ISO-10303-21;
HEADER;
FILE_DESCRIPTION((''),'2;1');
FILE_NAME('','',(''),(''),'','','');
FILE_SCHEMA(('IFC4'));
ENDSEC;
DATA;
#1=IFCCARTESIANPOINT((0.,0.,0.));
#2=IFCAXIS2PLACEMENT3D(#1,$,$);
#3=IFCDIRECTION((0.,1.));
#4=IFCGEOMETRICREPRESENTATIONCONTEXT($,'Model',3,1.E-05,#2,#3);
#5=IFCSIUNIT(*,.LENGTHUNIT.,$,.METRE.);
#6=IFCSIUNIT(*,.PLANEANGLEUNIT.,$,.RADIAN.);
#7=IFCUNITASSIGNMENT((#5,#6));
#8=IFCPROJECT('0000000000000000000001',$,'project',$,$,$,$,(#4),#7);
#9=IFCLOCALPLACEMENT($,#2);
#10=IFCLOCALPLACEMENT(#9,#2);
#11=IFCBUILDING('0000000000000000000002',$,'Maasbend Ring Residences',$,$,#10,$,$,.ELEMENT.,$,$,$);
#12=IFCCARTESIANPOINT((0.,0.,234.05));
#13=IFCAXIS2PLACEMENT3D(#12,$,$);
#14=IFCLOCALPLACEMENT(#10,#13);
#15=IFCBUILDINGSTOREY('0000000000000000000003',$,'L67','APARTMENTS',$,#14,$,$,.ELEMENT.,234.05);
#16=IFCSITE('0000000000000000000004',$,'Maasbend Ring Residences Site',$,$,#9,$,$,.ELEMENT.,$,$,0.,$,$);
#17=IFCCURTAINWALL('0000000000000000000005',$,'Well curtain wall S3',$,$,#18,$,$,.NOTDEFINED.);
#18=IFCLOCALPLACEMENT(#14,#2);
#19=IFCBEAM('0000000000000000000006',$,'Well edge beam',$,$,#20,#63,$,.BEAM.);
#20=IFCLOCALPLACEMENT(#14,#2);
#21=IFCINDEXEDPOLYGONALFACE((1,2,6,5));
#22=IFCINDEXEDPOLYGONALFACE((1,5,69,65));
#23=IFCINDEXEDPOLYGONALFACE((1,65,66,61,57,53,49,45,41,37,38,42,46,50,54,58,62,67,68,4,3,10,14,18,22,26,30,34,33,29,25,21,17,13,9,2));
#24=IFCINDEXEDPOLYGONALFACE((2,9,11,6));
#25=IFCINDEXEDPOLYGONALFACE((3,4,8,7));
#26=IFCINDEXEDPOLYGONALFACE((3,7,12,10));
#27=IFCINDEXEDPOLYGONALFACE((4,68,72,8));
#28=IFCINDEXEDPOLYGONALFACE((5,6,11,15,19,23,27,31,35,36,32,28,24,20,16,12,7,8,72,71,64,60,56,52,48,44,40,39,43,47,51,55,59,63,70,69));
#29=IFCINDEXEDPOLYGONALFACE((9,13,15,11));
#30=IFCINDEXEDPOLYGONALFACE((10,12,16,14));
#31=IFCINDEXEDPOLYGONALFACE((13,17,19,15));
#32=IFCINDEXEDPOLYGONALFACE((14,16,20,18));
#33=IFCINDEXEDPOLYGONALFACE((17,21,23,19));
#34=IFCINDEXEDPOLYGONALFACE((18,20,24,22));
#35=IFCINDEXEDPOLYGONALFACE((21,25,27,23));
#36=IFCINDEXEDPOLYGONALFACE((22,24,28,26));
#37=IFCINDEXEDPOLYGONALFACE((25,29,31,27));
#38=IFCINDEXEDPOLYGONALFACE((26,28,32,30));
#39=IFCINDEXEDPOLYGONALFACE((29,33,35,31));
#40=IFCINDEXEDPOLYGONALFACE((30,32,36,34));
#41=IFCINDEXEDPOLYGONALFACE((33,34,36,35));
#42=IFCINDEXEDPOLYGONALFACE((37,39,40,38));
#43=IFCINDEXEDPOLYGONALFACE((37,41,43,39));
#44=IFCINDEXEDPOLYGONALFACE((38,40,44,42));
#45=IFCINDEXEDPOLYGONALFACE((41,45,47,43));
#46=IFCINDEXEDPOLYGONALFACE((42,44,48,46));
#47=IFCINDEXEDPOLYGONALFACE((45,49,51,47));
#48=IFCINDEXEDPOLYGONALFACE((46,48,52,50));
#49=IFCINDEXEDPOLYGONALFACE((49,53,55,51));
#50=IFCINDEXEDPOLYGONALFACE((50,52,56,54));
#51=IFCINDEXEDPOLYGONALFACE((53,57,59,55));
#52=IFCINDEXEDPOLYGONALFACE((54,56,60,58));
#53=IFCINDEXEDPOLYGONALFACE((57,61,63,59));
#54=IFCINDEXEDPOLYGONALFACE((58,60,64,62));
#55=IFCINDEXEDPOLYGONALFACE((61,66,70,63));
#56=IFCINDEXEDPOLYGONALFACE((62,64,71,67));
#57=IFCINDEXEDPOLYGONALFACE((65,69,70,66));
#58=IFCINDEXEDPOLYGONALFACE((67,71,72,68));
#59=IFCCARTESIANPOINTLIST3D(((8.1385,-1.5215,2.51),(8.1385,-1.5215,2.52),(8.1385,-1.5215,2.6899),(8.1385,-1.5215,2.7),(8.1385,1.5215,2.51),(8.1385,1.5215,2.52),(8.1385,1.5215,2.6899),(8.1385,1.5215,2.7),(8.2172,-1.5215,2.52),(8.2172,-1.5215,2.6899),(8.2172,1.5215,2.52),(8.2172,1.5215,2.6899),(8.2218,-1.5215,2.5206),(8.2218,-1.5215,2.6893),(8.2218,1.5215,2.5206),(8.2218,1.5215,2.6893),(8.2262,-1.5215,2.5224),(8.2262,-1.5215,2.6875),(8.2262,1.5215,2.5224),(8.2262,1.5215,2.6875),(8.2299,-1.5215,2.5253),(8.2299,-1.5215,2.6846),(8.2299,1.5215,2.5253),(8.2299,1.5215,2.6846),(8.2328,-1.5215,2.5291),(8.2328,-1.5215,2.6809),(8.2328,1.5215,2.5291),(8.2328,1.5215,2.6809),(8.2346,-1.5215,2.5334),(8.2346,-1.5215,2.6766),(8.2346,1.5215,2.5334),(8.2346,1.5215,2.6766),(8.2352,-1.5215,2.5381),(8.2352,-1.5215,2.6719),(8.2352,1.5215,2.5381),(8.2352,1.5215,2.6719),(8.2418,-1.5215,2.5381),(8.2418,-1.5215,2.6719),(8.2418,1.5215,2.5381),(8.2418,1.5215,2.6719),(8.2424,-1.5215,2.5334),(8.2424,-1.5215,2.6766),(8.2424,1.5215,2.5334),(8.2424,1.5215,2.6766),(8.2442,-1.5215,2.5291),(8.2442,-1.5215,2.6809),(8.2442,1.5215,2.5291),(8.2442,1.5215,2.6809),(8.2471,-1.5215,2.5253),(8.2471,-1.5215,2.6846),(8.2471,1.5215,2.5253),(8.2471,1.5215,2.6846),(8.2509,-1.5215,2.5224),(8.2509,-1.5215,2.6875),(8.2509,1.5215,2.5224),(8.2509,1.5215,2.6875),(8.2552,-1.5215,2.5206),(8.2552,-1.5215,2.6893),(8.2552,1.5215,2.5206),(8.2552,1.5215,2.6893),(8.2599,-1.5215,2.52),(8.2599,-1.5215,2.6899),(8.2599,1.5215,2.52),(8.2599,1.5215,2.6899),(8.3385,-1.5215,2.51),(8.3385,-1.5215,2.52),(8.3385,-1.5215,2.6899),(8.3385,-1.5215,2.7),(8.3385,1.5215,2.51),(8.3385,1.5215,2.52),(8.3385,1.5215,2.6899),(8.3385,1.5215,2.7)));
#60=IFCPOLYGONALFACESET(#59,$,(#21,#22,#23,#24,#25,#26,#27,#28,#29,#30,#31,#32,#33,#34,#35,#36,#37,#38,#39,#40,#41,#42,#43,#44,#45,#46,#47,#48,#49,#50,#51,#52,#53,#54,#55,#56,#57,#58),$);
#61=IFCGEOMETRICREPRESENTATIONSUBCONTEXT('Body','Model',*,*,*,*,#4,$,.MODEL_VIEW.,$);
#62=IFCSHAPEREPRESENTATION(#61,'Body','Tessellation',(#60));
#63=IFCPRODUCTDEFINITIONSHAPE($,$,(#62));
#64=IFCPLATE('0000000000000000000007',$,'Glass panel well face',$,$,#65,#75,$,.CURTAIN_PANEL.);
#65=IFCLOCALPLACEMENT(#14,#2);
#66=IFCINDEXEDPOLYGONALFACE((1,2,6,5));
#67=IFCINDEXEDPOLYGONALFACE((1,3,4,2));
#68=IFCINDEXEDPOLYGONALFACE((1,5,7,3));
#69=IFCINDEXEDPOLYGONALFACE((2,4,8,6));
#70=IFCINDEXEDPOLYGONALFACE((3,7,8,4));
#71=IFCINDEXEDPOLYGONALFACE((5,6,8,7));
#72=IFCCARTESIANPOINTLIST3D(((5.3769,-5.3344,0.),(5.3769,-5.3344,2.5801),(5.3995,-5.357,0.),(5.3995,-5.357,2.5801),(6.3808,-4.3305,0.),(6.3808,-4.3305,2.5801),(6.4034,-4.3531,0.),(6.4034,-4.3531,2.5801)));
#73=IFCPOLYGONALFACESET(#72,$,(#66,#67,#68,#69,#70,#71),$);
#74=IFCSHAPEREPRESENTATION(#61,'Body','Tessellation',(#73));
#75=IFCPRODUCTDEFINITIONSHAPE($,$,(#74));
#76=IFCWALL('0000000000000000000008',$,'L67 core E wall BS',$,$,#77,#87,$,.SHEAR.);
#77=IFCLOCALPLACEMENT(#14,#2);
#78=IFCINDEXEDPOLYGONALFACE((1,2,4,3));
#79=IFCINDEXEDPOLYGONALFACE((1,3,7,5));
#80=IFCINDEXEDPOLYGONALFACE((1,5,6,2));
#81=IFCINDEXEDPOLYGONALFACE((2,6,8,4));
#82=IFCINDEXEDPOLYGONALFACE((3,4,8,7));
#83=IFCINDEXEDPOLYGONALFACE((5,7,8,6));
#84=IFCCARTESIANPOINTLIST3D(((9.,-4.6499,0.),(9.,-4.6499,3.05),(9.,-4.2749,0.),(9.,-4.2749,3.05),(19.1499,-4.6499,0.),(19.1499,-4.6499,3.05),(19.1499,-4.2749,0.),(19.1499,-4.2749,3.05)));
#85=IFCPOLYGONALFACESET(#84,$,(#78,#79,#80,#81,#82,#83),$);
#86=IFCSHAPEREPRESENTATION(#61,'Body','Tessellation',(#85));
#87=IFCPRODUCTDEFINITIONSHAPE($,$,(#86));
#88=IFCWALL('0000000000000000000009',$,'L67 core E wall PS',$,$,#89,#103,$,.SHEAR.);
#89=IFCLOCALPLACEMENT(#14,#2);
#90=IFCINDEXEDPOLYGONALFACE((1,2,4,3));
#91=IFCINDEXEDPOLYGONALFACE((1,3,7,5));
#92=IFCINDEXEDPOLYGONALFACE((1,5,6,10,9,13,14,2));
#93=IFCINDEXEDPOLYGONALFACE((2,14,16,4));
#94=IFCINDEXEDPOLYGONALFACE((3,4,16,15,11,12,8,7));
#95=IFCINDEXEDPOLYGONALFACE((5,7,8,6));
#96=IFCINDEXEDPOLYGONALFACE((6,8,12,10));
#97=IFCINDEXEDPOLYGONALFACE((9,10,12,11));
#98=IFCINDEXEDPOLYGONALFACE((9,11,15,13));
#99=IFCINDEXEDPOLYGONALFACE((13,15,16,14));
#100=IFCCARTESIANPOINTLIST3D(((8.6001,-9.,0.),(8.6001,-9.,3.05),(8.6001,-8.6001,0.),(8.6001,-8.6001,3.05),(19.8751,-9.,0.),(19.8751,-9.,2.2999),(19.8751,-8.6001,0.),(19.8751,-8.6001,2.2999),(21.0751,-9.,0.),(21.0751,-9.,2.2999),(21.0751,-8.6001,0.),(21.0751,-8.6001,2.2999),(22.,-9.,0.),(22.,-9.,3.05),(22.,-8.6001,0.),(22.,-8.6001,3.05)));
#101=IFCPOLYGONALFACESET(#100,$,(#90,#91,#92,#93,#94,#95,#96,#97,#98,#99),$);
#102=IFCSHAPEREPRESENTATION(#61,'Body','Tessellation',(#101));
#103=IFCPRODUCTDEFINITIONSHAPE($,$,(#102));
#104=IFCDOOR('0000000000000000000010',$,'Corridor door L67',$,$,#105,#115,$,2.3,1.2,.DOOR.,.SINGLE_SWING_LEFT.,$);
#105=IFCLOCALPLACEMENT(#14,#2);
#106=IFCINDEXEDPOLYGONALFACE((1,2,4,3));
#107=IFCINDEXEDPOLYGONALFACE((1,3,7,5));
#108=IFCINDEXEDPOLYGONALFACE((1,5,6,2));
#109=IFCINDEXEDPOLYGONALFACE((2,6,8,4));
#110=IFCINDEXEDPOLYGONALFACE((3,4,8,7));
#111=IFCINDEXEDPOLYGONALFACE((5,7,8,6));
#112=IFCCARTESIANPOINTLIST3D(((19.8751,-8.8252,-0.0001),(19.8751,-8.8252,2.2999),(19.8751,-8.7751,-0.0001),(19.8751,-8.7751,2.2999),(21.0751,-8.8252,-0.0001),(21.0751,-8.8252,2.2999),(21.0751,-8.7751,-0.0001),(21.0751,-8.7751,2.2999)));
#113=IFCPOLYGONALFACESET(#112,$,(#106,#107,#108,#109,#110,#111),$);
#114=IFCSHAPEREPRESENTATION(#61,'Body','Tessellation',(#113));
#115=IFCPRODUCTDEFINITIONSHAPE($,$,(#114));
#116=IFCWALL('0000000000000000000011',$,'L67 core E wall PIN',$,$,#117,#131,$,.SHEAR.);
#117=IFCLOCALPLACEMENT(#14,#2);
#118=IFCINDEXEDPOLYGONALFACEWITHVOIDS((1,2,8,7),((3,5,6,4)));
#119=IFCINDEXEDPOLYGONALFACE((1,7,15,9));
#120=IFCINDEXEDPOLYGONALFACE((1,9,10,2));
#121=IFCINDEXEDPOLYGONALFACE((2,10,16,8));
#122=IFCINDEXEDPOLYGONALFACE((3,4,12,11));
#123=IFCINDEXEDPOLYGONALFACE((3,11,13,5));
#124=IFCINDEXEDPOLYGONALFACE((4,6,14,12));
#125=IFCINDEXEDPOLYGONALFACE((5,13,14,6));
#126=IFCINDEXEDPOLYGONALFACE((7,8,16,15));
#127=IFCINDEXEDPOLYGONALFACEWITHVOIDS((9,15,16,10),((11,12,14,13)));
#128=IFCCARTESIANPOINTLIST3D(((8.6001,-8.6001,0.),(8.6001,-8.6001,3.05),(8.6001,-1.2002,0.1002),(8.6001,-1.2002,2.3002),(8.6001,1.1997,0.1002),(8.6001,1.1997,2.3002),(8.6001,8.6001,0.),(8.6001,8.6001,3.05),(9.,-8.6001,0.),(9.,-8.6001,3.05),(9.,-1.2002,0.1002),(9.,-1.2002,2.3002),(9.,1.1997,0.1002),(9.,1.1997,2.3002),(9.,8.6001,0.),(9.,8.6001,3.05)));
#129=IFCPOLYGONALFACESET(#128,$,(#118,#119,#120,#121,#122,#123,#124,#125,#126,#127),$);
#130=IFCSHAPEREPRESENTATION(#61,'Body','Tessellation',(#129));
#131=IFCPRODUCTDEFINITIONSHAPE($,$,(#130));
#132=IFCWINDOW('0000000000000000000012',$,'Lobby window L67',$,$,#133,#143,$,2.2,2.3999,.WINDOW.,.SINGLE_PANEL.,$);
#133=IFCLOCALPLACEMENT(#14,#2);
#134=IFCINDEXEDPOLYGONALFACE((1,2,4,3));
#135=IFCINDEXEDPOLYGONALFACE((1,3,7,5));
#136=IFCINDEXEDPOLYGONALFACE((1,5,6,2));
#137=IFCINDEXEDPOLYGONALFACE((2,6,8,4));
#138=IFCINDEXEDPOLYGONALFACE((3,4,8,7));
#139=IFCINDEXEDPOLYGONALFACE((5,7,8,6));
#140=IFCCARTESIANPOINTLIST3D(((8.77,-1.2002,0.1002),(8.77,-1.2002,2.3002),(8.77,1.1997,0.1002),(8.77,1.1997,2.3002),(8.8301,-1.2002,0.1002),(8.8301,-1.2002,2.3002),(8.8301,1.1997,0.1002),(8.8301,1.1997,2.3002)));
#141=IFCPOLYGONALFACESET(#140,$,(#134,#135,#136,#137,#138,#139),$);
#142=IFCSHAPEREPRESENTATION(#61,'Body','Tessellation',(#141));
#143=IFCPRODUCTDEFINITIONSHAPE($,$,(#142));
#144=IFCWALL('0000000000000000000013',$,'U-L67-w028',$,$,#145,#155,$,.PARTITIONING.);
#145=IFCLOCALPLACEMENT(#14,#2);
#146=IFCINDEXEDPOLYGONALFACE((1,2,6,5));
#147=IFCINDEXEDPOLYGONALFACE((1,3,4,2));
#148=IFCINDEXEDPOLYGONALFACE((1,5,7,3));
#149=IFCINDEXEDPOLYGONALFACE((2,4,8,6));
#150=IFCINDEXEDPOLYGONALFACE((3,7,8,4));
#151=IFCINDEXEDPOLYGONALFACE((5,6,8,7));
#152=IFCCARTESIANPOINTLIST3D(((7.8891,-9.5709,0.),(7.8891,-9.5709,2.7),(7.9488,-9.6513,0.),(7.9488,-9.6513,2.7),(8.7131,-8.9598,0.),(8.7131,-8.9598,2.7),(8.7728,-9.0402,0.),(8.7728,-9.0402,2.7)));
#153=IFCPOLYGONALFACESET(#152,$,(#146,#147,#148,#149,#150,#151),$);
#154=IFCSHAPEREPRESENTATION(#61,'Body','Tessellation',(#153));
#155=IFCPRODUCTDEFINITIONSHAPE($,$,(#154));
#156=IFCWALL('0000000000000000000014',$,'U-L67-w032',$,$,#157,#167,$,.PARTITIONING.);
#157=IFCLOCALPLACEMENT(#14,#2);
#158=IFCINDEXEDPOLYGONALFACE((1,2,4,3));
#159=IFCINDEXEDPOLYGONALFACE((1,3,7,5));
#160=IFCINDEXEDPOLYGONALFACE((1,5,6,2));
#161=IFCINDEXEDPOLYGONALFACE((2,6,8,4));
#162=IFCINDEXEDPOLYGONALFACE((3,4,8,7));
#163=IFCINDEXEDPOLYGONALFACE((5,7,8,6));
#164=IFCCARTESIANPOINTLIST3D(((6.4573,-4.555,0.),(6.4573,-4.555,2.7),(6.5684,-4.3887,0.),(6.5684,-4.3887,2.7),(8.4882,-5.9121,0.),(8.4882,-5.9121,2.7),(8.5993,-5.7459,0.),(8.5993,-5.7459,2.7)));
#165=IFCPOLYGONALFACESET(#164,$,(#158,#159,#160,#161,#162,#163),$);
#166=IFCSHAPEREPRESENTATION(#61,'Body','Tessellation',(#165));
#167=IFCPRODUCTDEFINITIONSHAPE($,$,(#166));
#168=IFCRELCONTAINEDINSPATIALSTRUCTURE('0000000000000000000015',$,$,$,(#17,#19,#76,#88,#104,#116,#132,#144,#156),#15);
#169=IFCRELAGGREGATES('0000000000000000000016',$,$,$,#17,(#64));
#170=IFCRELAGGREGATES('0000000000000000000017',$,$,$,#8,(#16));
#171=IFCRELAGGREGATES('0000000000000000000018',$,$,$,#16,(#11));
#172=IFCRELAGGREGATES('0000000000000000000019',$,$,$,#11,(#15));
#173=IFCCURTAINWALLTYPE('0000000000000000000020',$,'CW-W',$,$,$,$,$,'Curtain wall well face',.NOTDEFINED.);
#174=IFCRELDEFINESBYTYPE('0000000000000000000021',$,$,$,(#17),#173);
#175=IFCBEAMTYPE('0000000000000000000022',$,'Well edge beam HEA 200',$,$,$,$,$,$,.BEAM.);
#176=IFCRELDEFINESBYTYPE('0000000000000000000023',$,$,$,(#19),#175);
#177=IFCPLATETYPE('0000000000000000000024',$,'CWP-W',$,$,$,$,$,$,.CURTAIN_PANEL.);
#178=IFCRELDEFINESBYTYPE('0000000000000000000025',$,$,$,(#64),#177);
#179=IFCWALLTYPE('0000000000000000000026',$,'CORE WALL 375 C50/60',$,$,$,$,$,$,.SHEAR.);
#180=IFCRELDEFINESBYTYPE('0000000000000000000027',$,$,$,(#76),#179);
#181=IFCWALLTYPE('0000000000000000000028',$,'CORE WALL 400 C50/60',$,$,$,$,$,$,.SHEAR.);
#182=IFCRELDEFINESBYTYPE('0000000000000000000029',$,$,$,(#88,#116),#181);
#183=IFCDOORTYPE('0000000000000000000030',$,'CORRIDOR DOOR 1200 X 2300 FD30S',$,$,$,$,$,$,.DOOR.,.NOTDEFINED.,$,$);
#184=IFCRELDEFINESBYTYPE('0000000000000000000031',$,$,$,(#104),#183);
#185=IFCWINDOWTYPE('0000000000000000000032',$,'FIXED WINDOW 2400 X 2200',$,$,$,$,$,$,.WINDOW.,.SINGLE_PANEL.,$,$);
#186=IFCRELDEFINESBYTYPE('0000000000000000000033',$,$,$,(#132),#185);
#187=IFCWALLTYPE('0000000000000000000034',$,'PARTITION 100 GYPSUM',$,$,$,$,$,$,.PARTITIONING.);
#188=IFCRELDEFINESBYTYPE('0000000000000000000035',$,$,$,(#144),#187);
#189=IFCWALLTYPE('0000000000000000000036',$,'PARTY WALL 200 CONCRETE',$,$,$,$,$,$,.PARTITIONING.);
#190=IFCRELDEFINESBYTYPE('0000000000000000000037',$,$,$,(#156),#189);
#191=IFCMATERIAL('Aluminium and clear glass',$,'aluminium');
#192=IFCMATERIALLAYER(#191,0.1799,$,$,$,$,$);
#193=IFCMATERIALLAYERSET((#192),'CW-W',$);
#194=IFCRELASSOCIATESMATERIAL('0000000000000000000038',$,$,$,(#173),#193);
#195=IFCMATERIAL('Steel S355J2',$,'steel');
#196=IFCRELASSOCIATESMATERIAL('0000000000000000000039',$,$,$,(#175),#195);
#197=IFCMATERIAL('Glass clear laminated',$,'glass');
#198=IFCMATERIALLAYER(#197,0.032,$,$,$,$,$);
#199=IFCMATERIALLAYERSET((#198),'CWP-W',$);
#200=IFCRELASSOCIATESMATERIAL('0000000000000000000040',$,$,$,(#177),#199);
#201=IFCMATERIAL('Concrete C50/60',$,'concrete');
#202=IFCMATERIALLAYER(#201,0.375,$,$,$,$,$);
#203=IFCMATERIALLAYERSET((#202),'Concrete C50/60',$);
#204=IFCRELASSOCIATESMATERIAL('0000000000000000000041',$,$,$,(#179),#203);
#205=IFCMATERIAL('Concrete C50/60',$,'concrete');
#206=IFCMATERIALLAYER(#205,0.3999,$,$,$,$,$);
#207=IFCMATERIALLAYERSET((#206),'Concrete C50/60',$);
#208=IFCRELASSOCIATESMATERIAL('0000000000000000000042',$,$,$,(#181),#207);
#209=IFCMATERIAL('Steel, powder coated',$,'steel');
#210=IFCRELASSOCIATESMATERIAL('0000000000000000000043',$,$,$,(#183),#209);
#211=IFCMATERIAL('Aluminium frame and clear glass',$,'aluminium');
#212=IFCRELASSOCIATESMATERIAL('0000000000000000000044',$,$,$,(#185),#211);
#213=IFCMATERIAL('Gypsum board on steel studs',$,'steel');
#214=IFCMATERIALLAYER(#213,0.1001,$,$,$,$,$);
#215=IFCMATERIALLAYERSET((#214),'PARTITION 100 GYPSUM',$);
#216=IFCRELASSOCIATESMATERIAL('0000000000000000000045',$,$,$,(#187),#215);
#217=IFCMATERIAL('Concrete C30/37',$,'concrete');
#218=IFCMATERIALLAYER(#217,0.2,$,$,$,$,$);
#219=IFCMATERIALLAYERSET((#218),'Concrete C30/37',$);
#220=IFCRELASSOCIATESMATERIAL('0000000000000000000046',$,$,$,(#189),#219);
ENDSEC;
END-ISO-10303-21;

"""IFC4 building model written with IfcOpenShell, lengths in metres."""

from ifc_helpers import new_model, si_unit, direction, frame, frame_2d, origin, origin_2d, place, context, subcontext, project, spatial, rectangle, i_section, extrude, material, layer, layer_set, material_profile, profile_set, type_object, element, fill, aggregate, save


model = new_model("IFC4")

# Units and contexts
model_context = context("Model", 3, precision=1e-05, world=origin(), true_north=direction((0.0, 1.0)))
body_context = subcontext(model_context, "Body", "Model", "MODEL_VIEW")
ifc_project = project(units=[si_unit("LENGTHUNIT", "METRE"), si_unit("PLANEANGLEUNIT", "RADIAN")], contexts=[model_context])

# Site, building, storey
site_placement = place(None, origin())
site = spatial("IfcSite", under=ifc_project, at=site_placement, Name="Maasbend Ring Residences Site", CompositionType="ELEMENT", RefElevation=0.0)
building_placement = place(site_placement, origin())
building = spatial("IfcBuilding", under=site, at=building_placement, Name="Maasbend Ring Residences", CompositionType="ELEMENT")
storey_placement = place(building_placement, frame((0.0, 0.0, 234.05)))
storey = spatial("IfcBuildingStorey", under=building, at=storey_placement, Name="L67", Description="APARTMENTS", CompositionType="ELEMENT", Elevation=234.05)

# Curtain wall
ifc_material_1 = material(Name="Aluminium and clear glass", Category="aluminium")
ifc_layer_1 = layer(ifc_material_1, 0.1799)
ifc_layer_set_1 = layer_set([ifc_layer_1], Name="CW-W")
curtain_wall_type = type_object("IfcCurtainWallType", Name="CW-W", ElementType="Curtain wall well face", PredefinedType="NOTDEFINED", material=ifc_layer_set_1)
curtain_wall_placement = place(storey_placement, origin())
curtain_wall = element("IfcCurtainWall", 1, at=curtain_wall_placement, inside=storey, type_object=curtain_wall_type, Name="Well curtain wall S3", PredefinedType="NOTDEFINED")

# Beam
ifc_material_2 = material(Name="Steel S355J2", Category="steel")
ifc_material_profile_1 = material_profile(ifc_material_2, i_section(OverallWidth=0.2, OverallDepth=0.1899, WebThickness=0.0066, FlangeThickness=0.01, FilletRadius=0.0181, at=origin_2d()), Name="HEA 200")
ifc_profile_set_1 = profile_set([ifc_material_profile_1], Name="Steel S355J2")
beam_type = type_object("IfcBeamType", Name="Well edge beam HEA 200", PredefinedType="BEAM", material=ifc_profile_set_1)
for number, where, z_axis, x_axis, name in (
    (2, (8.2385, -1.5215, 2.605), (0.0, 1.0, 0.0), (-1.0, 0.0, 0.0), "Well edge beam"),
):
    element("IfcBeam", number, at=place(storey_placement, frame(where, z_axis=z_axis, x_axis=x_axis)), inside=storey, type_object=beam_type, Name=name, PredefinedType="BEAM", context=body_context, shape_type="SweptSolid", body=[
        extrude(i_section(OverallWidth=0.2, OverallDepth=0.1899, WebThickness=0.0066, FlangeThickness=0.01, FilletRadius=0.0181, at=origin_2d()), origin(), (0.0, 0.0, 1.0), 3.043),
    ])

# Plate
ifc_material_3 = material(Name="Glass clear laminated", Category="glass")
ifc_layer_2 = layer(ifc_material_3, 0.032)
ifc_layer_set_2 = layer_set([ifc_layer_2], Name="CWP-W")
plate_type = type_object("IfcPlateType", Name="CWP-W", PredefinedType="CURTAIN_PANEL", material=ifc_layer_set_2)
plate_placement = place(storey_placement, frame((5.8901, -4.8438, 0.0), z_axis=(0.0, 0.0, 1.0), x_axis=(0.707107, 0.707107, 0.0)))
plate = element("IfcPlate", 3, at=plate_placement, type_object=plate_type, Name="Glass panel well face", PredefinedType="CURTAIN_PANEL", context=body_context, shape_type="SweptSolid", body=[
    extrude(rectangle(XDim=1.4197, YDim=0.032, at=origin_2d()), origin(), (0.0, 0.0, 1.0), 2.5801),
])
aggregate(curtain_wall, [plate])

# Wall
ifc_material_4 = material(Name="Concrete C50/60", Category="concrete")
ifc_layer_3 = layer(ifc_material_4, 0.375)
ifc_layer_set_3 = layer_set([ifc_layer_3], Name="Concrete C50/60")
wall_type_1 = type_object("IfcWallType", Name="CORE WALL 375 C50/60", PredefinedType="SHEAR", material=ifc_layer_set_3)
wall_1_placement = place(storey_placement, frame((9.0, -4.4624, 0.0), z_axis=(0.0, 0.0, 1.0), x_axis=(1.0, 0.0, 0.0)))
element("IfcWall", 4, at=wall_1_placement, inside=storey, type_object=wall_type_1, Name="L67 core E wall BS", PredefinedType="SHEAR", context=body_context, shape_type="SweptSolid", body=[
    extrude(rectangle(XDim=10.1499, YDim=0.375, at=frame_2d((5.075, 0.0))), origin(), (0.0, 0.0, 1.0), 3.05),
])

# Wall, opening, door
ifc_material_5 = material(Name="Concrete C50/60", Category="concrete")
ifc_layer_4 = layer(ifc_material_5, 0.3999)
ifc_layer_set_4 = layer_set([ifc_layer_4], Name="Concrete C50/60")
wall_type_2 = type_object("IfcWallType", Name="CORE WALL 400 C50/60", PredefinedType="SHEAR", material=ifc_layer_set_4)
wall_2_placement = place(storey_placement, frame((8.6001, -8.8, 0.0), z_axis=(0.0, 0.0, 1.0), x_axis=(1.0, 0.0, 0.0)))
wall_2 = element("IfcWall", 5, at=wall_2_placement, inside=storey, type_object=wall_type_2, Name="L67 core E wall PS", PredefinedType="SHEAR", context=body_context, shape_type="SweptSolid", body=[
    extrude(rectangle(XDim=13.3999, YDim=0.3999, at=frame_2d((6.7, 0.0))), origin(), (0.0, 0.0, 1.0), 3.05),
])
opening_1_placement = place(wall_2_placement, frame((11.2749, 0.0, 0.0)))
opening_1 = element("IfcOpeningElement", 6, at=opening_1_placement, cuts=wall_2, PredefinedType="OPENING", context=body_context, shape_type="SweptSolid", body=[
    extrude(rectangle(XDim=1.2, YDim=2.3, at=frame_2d((0.6001, 1.1499))), frame((0.0, 0.21, 0.0), z_axis=(0.0, -1.0, 0.0), x_axis=(1.0, 0.0, 0.0)), (0.0, 0.0, 1.0), 0.4199),
])
ifc_material_6 = material(Name="Steel, powder coated", Category="steel")
door_type = type_object("IfcDoorType", Name="CORRIDOR DOOR 1200 X 2300 FD30S", OperationType="NOTDEFINED", PredefinedType="DOOR", material=ifc_material_6)
door_placement = place(opening_1_placement, origin())
door = element("IfcDoor", 7, at=door_placement, inside=storey, type_object=door_type, Name="Corridor door L67", OperationType="SINGLE_SWING_LEFT", OverallHeight=2.3, OverallWidth=1.2, PredefinedType="DOOR", context=body_context, shape_type="SweptSolid", body=[
    extrude(rectangle(XDim=1.2, YDim=2.3, at=frame_2d((0.6001, 1.1499))), frame((0.0, 0.0249, 0.0), z_axis=(0.0, -1.0, 0.0), x_axis=(1.0, 0.0, 0.0)), (0.0, 0.0, 1.0), 0.05),
])
fill(opening_1, door)

# Wall, opening, window
wall_3_placement = place(storey_placement, frame((8.8, -8.6001, 0.0), z_axis=(0.0, 0.0, 1.0), x_axis=(0.0, 1.0, 0.0)))
wall_3 = element("IfcWall", 8, at=wall_3_placement, inside=storey, type_object=wall_type_2, Name="L67 core E wall PIN", PredefinedType="SHEAR", context=body_context, shape_type="SweptSolid", body=[
    extrude(rectangle(XDim=17.2002, YDim=0.3999, at=frame_2d((8.6001, 0.0))), origin(), (0.0, 0.0, 1.0), 3.05),
])
opening_2_placement = place(wall_3_placement, frame((7.3999, 0.0, 0.1001)))
opening_2 = element("IfcOpeningElement", 9, at=opening_2_placement, cuts=wall_3, PredefinedType="OPENING", context=body_context, shape_type="SweptSolid", body=[
    extrude(rectangle(XDim=2.3999, YDim=2.2, at=frame_2d((1.2, 1.1001))), frame((0.0, 0.21, 0.0), z_axis=(0.0, -1.0, 0.0), x_axis=(1.0, 0.0, 0.0)), (0.0, 0.0, 1.0), 0.4199),
])
ifc_material_7 = material(Name="Aluminium frame and clear glass", Category="aluminium")
window_type = type_object("IfcWindowType", Name="FIXED WINDOW 2400 X 2200", PartitioningType="SINGLE_PANEL", PredefinedType="WINDOW", material=ifc_material_7)
window_placement = place(opening_2_placement, origin())
window = element("IfcWindow", 10, at=window_placement, inside=storey, type_object=window_type, Name="Lobby window L67", OverallHeight=2.2, OverallWidth=2.3999, PartitioningType="SINGLE_PANEL", PredefinedType="WINDOW", context=body_context, shape_type="SweptSolid", body=[
    extrude(rectangle(XDim=2.3999, YDim=2.2, at=frame_2d((1.2, 1.1001))), frame((0.0, 0.03, 0.0), z_axis=(0.0, -1.0, 0.0), x_axis=(1.0, 0.0, 0.0)), (0.0, 0.0, 1.0), 0.0601),
])
fill(opening_2, window)

# Walls
ifc_material_8 = material(Name="Gypsum board on steel studs", Category="steel")
ifc_layer_5 = layer(ifc_material_8, 0.1001)
ifc_layer_set_5 = layer_set([ifc_layer_5], Name="PARTITION 100 GYPSUM")
wall_type_3 = type_object("IfcWallType", Name="PARTITION 100 GYPSUM", PredefinedType="PARTITIONING", material=ifc_layer_set_5)
wall_4_placement = place(storey_placement, frame((7.9189, -9.6111, 0.0), z_axis=(0.0, 0.0, 1.0), x_axis=(0.803216, 0.595688, 0.0)))
element("IfcWall", 11, at=wall_4_placement, inside=storey, type_object=wall_type_3, Name="U-L67-w028", PredefinedType="PARTITIONING", context=body_context, shape_type="SweptSolid", body=[
    extrude(rectangle(XDim=1.0259, YDim=0.1001, at=frame_2d((0.5129, 0.0))), origin(), (0.0, 0.0, 1.0), 2.7),
])
ifc_material_9 = material(Name="Concrete C30/37", Category="concrete")
ifc_layer_6 = layer(ifc_material_9, 0.2)
ifc_layer_set_6 = layer_set([ifc_layer_6], Name="Concrete C30/37")
wall_type_4 = type_object("IfcWallType", Name="PARTY WALL 200 CONCRETE", PredefinedType="PARTITIONING", material=ifc_layer_set_6)
wall_5_placement = place(storey_placement, frame((6.5129, -4.4719, 0.0), z_axis=(0.0, 0.0, 1.0), x_axis=(0.83145, -0.555599, 0.0)))
element("IfcWall", 12, at=wall_5_placement, inside=storey, type_object=wall_type_4, Name="U-L67-w032", PredefinedType="PARTITIONING", context=body_context, shape_type="SweptSolid", body=[
    extrude(rectangle(XDim=2.4426, YDim=0.2, at=frame_2d((1.2212, 0.0))), origin(), (0.0, 0.0, 1.0), 2.7),
])

save(model, "model.ifc")
